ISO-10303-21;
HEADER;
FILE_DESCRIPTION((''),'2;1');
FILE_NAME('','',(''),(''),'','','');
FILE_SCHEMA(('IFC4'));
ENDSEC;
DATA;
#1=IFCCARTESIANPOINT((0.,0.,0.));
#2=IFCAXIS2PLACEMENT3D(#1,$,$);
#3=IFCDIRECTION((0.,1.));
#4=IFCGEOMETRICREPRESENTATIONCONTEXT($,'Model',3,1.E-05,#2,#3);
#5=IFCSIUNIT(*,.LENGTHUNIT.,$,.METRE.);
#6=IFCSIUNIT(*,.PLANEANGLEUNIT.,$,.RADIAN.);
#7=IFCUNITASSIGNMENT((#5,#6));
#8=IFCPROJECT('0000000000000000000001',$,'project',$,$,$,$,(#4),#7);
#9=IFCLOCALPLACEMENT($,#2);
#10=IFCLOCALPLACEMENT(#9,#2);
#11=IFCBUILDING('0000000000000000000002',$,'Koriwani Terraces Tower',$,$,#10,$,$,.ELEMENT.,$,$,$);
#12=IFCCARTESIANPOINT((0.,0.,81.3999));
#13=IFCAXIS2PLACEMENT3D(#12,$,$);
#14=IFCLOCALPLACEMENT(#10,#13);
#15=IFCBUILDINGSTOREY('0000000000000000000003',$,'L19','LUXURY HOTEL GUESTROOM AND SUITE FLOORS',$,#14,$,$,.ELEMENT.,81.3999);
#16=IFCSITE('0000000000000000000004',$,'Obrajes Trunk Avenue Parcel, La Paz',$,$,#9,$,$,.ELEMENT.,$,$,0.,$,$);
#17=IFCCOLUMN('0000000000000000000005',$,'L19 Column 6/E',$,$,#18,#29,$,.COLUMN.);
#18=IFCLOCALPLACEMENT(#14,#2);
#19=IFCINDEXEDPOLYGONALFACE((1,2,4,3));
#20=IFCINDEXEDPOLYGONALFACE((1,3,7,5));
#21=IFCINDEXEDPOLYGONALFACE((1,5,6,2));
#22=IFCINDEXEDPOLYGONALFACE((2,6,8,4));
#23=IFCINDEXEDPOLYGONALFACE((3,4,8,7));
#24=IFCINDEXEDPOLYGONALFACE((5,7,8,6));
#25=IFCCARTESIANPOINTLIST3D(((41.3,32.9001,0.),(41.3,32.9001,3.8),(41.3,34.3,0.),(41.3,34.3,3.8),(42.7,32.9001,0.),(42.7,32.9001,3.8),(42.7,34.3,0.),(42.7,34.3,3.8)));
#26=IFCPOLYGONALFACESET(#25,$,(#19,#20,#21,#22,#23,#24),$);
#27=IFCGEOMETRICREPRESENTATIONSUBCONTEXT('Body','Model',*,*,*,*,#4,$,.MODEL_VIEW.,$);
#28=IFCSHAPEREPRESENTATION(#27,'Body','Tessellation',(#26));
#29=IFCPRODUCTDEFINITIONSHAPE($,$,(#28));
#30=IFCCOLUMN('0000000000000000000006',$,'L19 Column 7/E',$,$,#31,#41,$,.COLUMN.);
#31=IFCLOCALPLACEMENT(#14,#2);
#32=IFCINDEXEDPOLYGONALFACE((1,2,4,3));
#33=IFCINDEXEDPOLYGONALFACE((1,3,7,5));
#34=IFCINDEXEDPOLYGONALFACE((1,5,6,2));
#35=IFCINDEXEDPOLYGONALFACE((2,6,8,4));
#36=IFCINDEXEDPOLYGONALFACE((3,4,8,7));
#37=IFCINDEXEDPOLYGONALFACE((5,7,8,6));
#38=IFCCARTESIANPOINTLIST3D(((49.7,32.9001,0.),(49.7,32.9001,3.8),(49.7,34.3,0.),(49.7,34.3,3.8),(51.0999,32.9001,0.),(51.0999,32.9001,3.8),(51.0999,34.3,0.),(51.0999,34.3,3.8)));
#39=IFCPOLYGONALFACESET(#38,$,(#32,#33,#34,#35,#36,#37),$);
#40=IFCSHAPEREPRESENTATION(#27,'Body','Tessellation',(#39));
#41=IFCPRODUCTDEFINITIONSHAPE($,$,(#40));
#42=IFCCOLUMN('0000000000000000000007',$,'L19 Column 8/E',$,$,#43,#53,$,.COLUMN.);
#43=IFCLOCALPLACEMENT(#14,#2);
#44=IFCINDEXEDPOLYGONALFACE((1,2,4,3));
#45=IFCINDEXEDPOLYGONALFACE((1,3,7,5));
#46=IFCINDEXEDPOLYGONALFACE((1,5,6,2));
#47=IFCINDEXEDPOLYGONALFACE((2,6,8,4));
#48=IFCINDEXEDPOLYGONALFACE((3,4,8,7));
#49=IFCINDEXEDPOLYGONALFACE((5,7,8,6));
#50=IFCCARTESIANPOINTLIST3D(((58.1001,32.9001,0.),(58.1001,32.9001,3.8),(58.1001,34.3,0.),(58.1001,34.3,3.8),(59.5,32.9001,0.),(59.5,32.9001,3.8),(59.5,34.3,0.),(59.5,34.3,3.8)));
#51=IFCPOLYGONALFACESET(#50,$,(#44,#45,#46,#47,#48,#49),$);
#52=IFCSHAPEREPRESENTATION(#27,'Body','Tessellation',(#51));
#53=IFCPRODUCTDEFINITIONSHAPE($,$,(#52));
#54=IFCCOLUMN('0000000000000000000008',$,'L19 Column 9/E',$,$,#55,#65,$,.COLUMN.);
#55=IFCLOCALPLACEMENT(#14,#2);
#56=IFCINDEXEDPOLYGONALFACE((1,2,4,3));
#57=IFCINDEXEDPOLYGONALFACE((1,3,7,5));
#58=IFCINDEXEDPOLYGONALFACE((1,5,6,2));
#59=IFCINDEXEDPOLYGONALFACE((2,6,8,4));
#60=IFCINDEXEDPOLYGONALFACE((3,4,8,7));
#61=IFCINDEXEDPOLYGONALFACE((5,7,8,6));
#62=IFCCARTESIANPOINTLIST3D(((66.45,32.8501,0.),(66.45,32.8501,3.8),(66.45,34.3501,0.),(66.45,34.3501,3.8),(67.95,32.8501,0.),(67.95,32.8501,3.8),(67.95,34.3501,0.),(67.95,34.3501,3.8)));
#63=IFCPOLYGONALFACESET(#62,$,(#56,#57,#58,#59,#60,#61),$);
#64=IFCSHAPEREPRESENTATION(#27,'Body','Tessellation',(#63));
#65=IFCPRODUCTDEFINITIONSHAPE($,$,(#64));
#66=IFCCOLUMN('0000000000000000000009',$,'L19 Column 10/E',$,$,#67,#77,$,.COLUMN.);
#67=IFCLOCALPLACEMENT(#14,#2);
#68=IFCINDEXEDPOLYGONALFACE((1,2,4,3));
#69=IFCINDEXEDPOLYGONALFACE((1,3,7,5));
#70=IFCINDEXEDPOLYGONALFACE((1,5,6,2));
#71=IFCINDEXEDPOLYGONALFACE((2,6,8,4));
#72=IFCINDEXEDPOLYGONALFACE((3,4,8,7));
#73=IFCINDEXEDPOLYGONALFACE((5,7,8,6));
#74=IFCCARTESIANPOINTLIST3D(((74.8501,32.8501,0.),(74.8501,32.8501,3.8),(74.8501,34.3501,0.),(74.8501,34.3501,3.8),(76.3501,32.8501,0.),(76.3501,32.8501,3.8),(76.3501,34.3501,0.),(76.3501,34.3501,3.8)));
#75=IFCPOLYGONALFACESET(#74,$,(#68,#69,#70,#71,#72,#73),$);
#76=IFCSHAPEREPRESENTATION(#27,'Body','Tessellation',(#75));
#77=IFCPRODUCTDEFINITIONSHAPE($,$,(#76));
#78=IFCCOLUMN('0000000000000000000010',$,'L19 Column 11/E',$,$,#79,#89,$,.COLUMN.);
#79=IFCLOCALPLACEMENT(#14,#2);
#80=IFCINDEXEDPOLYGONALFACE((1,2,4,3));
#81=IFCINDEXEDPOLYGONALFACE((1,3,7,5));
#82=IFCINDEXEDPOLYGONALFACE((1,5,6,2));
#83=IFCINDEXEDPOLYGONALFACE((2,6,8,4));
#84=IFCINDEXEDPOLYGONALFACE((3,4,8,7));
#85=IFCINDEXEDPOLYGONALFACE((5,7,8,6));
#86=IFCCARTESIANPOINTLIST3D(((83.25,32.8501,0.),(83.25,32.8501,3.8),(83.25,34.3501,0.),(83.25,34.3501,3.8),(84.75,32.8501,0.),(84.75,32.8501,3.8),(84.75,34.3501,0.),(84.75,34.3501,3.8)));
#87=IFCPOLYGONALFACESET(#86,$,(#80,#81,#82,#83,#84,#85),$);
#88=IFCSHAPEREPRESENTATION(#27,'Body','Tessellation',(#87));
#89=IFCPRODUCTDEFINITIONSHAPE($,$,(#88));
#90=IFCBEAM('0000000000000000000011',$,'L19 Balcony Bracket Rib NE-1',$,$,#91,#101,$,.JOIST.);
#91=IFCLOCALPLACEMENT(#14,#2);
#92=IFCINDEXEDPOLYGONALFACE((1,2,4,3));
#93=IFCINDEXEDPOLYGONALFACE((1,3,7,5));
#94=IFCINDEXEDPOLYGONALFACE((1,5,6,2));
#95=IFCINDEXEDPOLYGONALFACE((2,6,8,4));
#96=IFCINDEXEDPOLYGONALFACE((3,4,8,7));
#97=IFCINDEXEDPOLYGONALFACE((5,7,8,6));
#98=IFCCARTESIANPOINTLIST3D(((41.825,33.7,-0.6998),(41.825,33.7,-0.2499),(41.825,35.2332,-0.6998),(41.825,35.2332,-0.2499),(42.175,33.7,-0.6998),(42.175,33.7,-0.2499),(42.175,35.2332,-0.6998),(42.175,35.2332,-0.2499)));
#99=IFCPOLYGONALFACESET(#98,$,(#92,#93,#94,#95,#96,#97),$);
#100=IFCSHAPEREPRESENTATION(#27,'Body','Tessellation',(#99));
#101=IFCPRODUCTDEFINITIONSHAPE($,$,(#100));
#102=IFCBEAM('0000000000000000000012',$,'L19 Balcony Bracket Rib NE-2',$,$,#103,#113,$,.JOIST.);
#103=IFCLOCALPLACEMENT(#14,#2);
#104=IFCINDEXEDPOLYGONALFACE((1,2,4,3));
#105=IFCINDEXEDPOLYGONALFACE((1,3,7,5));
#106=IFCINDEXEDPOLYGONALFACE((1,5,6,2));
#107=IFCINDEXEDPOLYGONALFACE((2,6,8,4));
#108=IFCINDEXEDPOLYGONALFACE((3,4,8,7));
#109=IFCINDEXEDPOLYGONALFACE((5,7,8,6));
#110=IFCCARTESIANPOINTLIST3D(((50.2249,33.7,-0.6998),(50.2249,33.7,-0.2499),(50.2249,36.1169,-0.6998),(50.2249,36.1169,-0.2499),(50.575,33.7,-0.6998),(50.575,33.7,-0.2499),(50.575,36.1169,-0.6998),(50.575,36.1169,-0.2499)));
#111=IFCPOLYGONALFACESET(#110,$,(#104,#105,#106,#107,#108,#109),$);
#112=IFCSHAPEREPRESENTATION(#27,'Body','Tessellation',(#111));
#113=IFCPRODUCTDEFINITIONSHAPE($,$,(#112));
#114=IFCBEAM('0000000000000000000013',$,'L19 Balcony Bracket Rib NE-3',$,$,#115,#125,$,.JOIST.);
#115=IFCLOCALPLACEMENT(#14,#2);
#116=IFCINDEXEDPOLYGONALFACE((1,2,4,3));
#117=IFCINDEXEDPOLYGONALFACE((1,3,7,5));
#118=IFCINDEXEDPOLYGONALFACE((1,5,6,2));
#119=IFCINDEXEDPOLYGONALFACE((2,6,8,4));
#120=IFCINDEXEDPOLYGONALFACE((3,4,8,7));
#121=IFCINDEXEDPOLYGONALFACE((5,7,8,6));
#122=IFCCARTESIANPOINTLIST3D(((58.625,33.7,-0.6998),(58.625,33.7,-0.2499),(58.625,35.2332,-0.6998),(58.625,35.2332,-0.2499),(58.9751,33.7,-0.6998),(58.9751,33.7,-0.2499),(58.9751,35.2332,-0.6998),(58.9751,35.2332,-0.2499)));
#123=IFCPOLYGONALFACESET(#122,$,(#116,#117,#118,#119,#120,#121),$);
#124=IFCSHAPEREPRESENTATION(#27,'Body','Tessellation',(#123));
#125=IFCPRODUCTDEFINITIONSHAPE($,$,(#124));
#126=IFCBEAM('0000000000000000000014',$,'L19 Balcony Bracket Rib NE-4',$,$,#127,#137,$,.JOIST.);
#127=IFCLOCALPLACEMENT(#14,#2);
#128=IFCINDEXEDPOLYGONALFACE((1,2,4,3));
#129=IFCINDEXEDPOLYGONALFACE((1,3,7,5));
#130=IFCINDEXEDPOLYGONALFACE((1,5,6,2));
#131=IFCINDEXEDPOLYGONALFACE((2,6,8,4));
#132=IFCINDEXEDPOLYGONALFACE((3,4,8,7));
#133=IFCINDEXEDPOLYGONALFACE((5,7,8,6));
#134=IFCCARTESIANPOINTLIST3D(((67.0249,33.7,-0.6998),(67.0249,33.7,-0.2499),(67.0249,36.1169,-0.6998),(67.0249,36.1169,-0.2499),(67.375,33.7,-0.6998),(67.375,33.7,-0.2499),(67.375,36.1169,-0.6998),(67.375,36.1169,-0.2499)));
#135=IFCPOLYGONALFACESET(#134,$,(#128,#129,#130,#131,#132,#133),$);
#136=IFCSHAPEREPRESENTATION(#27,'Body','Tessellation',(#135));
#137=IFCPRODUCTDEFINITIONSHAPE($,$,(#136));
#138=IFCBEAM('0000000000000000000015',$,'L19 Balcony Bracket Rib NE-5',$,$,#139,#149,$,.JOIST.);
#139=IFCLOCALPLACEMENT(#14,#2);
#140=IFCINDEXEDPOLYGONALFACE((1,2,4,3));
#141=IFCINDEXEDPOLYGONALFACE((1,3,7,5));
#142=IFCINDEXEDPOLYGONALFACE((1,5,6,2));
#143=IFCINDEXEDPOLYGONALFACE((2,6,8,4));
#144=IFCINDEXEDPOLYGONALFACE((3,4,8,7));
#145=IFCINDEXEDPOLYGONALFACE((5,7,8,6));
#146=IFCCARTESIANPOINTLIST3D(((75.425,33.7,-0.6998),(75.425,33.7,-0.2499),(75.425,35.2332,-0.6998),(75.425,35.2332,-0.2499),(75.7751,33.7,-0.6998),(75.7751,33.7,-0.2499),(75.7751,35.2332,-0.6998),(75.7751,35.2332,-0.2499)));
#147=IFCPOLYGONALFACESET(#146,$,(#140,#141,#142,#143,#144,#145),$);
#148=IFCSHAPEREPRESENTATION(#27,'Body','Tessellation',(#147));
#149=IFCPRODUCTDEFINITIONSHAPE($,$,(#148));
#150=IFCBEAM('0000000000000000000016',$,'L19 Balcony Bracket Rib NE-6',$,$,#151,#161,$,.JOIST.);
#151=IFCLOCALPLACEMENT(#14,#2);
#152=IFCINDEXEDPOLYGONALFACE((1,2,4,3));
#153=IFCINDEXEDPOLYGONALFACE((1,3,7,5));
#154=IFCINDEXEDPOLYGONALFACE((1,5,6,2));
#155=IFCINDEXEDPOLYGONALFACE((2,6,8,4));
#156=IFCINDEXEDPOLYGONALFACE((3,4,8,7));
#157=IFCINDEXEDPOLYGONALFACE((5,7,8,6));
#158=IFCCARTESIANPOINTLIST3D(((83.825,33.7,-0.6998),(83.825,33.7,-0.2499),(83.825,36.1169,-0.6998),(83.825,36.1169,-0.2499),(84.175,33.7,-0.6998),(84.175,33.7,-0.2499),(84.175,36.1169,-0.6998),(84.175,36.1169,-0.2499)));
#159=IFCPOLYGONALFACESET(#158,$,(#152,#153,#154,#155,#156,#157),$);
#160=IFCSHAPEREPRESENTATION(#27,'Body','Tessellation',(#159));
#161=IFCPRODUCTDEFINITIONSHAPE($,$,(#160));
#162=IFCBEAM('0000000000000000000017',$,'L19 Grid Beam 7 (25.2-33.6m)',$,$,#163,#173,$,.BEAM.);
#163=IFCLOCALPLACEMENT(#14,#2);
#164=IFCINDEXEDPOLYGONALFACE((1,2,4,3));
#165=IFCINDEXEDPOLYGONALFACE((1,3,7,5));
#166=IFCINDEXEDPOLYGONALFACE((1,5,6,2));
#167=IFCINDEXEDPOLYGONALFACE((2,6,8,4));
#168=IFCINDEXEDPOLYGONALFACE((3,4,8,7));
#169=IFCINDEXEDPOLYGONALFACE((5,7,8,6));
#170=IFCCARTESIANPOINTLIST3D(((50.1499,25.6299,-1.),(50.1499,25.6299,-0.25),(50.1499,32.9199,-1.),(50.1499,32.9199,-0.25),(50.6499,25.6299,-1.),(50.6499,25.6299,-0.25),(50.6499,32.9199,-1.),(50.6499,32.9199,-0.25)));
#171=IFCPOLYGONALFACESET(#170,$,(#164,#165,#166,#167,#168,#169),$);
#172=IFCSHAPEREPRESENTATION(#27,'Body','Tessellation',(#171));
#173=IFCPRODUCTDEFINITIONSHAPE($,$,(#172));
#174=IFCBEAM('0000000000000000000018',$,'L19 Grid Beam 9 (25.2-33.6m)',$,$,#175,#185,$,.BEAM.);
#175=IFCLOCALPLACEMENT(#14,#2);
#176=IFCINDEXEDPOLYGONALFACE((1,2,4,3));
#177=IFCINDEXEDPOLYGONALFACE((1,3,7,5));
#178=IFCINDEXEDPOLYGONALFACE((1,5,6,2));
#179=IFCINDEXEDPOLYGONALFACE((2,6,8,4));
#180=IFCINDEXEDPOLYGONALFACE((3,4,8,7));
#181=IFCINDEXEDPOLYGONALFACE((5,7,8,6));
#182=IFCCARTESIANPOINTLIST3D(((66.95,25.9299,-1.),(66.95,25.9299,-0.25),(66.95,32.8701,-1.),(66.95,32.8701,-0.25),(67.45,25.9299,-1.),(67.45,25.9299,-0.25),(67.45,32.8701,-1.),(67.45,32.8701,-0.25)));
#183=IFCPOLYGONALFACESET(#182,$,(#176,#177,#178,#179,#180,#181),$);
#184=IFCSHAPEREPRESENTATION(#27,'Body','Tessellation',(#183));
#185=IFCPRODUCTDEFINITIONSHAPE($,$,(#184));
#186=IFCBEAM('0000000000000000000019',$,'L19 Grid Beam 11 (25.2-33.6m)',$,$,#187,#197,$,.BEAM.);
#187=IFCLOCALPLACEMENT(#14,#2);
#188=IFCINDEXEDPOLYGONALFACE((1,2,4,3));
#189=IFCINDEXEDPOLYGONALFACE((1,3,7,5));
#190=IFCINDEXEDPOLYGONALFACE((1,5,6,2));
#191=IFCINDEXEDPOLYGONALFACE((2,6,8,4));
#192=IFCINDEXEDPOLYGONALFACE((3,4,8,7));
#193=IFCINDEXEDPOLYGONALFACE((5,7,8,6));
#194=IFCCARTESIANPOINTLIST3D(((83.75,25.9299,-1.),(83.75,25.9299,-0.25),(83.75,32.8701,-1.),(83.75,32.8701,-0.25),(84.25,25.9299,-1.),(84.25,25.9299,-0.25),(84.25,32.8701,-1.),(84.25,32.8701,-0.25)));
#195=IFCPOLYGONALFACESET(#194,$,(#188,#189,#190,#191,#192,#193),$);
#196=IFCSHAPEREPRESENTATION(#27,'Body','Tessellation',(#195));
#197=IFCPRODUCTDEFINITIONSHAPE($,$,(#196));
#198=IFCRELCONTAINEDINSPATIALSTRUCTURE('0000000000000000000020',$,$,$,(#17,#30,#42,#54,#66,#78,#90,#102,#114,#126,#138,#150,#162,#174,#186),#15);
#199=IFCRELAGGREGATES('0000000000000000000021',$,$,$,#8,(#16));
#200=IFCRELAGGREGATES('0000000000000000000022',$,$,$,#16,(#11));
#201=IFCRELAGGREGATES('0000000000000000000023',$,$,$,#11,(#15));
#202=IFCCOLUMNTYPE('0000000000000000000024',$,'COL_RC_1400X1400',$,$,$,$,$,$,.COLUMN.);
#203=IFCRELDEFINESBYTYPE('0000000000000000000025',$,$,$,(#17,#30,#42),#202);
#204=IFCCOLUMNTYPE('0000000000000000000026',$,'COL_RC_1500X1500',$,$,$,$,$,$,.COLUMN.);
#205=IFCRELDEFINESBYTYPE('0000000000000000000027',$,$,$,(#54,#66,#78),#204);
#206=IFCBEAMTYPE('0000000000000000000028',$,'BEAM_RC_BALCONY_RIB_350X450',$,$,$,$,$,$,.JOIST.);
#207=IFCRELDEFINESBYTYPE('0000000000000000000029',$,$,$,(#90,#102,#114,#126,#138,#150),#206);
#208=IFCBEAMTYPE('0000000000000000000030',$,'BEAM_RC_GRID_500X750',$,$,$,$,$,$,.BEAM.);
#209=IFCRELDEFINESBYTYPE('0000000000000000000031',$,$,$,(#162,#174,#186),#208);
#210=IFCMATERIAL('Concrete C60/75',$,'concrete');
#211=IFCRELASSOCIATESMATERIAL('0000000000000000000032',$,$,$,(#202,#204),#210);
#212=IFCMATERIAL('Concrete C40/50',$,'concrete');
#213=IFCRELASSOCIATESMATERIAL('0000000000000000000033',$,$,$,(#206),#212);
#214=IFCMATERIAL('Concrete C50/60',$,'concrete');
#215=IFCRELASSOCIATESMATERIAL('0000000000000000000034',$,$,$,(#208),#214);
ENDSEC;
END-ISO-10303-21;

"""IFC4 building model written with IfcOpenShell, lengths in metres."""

from ifc_helpers import new_model, si_unit, direction, frame, origin, origin_2d, place, context, subcontext, project, spatial, rectangle, extrude, material, material_profile, profile_set, type_object, element, save


model = new_model("IFC4")

# Units and contexts
model_context = context("Model", 3, precision=1e-05, world=origin(), true_north=direction((0.0, 1.0)))
body_context = subcontext(model_context, "Body", "Model", "MODEL_VIEW")
ifc_project = project(units=[si_unit("LENGTHUNIT", "METRE"), si_unit("PLANEANGLEUNIT", "RADIAN")], contexts=[model_context])

# Site, building, storey
site_placement = place(None, origin())
site = spatial("IfcSite", under=ifc_project, at=site_placement, Name="Obrajes Trunk Avenue Parcel, La Paz", CompositionType="ELEMENT", RefElevation=0.0)
building_placement = place(site_placement, origin())
building = spatial("IfcBuilding", under=site, at=building_placement, Name="Koriwani Terraces Tower", CompositionType="ELEMENT")
storey_placement = place(building_placement, frame((0.0, 0.0, 81.3999)))
storey = spatial("IfcBuildingStorey", under=building, at=storey_placement, Name="L19", Description="LUXURY HOTEL GUESTROOM AND SUITE FLOORS", CompositionType="ELEMENT", Elevation=81.3999)

# Columns
ifc_material_1 = material(Name="Concrete C60/75", Category="concrete")
ifc_material_profile_1 = material_profile(ifc_material_1, rectangle(XDim=1.3999, YDim=1.3999, at=origin_2d()), Name="Concrete C60/75", Category="LoadBearing")
ifc_profile_set_1 = profile_set([ifc_material_profile_1], Name="Concrete C60/75")
column_type_1 = type_object("IfcColumnType", Name="COL_RC_1400X1400", PredefinedType="COLUMN", material=ifc_profile_set_1)
for number, where, z_axis, x_axis, name in (
    (1, (42.0, 33.6001, 0.0), (0.0, 0.0, 1.0), (1.0, 0.0, 0.0), "L19 Column 6/E"),
    (2, (50.3999, 33.6001, 0.0), (0.0, 0.0, 1.0), (1.0, 0.0, 0.0), "L19 Column 7/E"),
    (3, (58.8, 33.6001, 0.0), (0.0, 0.0, 1.0), (1.0, 0.0, 0.0), "L19 Column 8/E"),
):
    element("IfcColumn", number, at=place(storey_placement, frame(where, z_axis=z_axis, x_axis=x_axis)), inside=storey, type_object=column_type_1, Name=name, PredefinedType="COLUMN", context=body_context, shape_type="SweptSolid", body=[
        extrude(rectangle(XDim=1.3999, YDim=1.3999, at=origin_2d()), origin(), (0.0, 0.0, 1.0), 3.8),
    ])
ifc_material_profile_2 = material_profile(ifc_material_1, rectangle(XDim=1.5, YDim=1.5, at=origin_2d()), Name="Concrete C60/75", Category="LoadBearing")
ifc_profile_set_2 = profile_set([ifc_material_profile_2], Name="Concrete C60/75")
column_type_2 = type_object("IfcColumnType", Name="COL_RC_1500X1500", PredefinedType="COLUMN", material=ifc_profile_set_2)
for number, where, z_axis, x_axis, name in (
    (4, (67.2, 33.6001, 0.0), (0.0, 0.0, 1.0), (1.0, 0.0, 0.0), "L19 Column 9/E"),
    (5, (75.6001, 33.6001, 0.0), (0.0, 0.0, 1.0), (1.0, 0.0, 0.0), "L19 Column 10/E"),
    (6, (84.0, 33.6001, 0.0), (0.0, 0.0, 1.0), (1.0, 0.0, 0.0), "L19 Column 11/E"),
):
    element("IfcColumn", number, at=place(storey_placement, frame(where, z_axis=z_axis, x_axis=x_axis)), inside=storey, type_object=column_type_2, Name=name, PredefinedType="COLUMN", context=body_context, shape_type="SweptSolid", body=[
        extrude(rectangle(XDim=1.5, YDim=1.5, at=origin_2d()), origin(), (0.0, 0.0, 1.0), 3.8),
    ])

# Beams
ifc_material_2 = material(Name="Concrete C40/50", Category="concrete")
ifc_material_profile_3 = material_profile(ifc_material_2, rectangle(XDim=0.3501, YDim=0.45, at=origin_2d()), Name="Concrete C40/50", Category="LoadBearing")
ifc_profile_set_3 = profile_set([ifc_material_profile_3], Name="Concrete C40/50")
beam_type_1 = type_object("IfcBeamType", Name="BEAM_RC_BALCONY_RIB_350X450", PredefinedType="JOIST", material=ifc_profile_set_3)
beam_1_placement = place(storey_placement, frame((42.0, 33.7, -0.4749), z_axis=(0.0, 1.0, 0.0), x_axis=(-1.0, 0.0, 0.0)))
element("IfcBeam", 7, at=beam_1_placement, inside=storey, type_object=beam_type_1, Name="L19 Balcony Bracket Rib NE-1", PredefinedType="JOIST", context=body_context, shape_type="SweptSolid", body=[
    extrude(rectangle(XDim=0.3501, YDim=0.45, at=origin_2d()), origin(), (0.0, 0.0, 1.0), 1.5332),
])
beam_2_placement = place(storey_placement, frame((50.3999, 33.7, -0.4749), z_axis=(0.0, 1.0, 0.0), x_axis=(-1.0, 0.0, 0.0)))
element("IfcBeam", 8, at=beam_2_placement, inside=storey, type_object=beam_type_1, Name="L19 Balcony Bracket Rib NE-2", PredefinedType="JOIST", context=body_context, shape_type="SweptSolid", body=[
    extrude(rectangle(XDim=0.3501, YDim=0.45, at=origin_2d()), origin(), (0.0, 0.0, 1.0), 2.417),
])
beam_3_placement = place(storey_placement, frame((58.8, 33.7, -0.4749), z_axis=(0.0, 1.0, 0.0), x_axis=(-1.0, 0.0, 0.0)))
element("IfcBeam", 9, at=beam_3_placement, inside=storey, type_object=beam_type_1, Name="L19 Balcony Bracket Rib NE-3", PredefinedType="JOIST", context=body_context, shape_type="SweptSolid", body=[
    extrude(rectangle(XDim=0.3501, YDim=0.45, at=origin_2d()), origin(), (0.0, 0.0, 1.0), 1.5332),
])
beam_4_placement = place(storey_placement, frame((67.2, 33.7, -0.4749), z_axis=(0.0, 1.0, 0.0), x_axis=(-1.0, 0.0, 0.0)))
element("IfcBeam", 10, at=beam_4_placement, inside=storey, type_object=beam_type_1, Name="L19 Balcony Bracket Rib NE-4", PredefinedType="JOIST", context=body_context, shape_type="SweptSolid", body=[
    extrude(rectangle(XDim=0.3501, YDim=0.45, at=origin_2d()), origin(), (0.0, 0.0, 1.0), 2.417),
])
beam_5_placement = place(storey_placement, frame((75.6001, 33.7, -0.4749), z_axis=(0.0, 1.0, 0.0), x_axis=(-1.0, 0.0, 0.0)))
element("IfcBeam", 11, at=beam_5_placement, inside=storey, type_object=beam_type_1, Name="L19 Balcony Bracket Rib NE-5", PredefinedType="JOIST", context=body_context, shape_type="SweptSolid", body=[
    extrude(rectangle(XDim=0.3501, YDim=0.45, at=origin_2d()), origin(), (0.0, 0.0, 1.0), 1.5332),
])
beam_6_placement = place(storey_placement, frame((84.0, 33.7, -0.4749), z_axis=(0.0, 1.0, 0.0), x_axis=(-1.0, 0.0, 0.0)))
element("IfcBeam", 12, at=beam_6_placement, inside=storey, type_object=beam_type_1, Name="L19 Balcony Bracket Rib NE-6", PredefinedType="JOIST", context=body_context, shape_type="SweptSolid", body=[
    extrude(rectangle(XDim=0.3501, YDim=0.45, at=origin_2d()), origin(), (0.0, 0.0, 1.0), 2.417),
])
ifc_material_3 = material(Name="Concrete C50/60", Category="concrete")
ifc_material_profile_4 = material_profile(ifc_material_3, rectangle(XDim=0.5, YDim=0.75, at=origin_2d()), Name="Concrete C50/60", Category="LoadBearing")
ifc_profile_set_4 = profile_set([ifc_material_profile_4], Name="Concrete C50/60")
beam_type_2 = type_object("IfcBeamType", Name="BEAM_RC_GRID_500X750", PredefinedType="BEAM", material=ifc_profile_set_4)
beam_7_placement = place(storey_placement, frame((50.3999, 25.6299, -0.625), z_axis=(0.0, 1.0, 0.0), x_axis=(-1.0, 0.0, 0.0)))
element("IfcBeam", 13, at=beam_7_placement, inside=storey, type_object=beam_type_2, Name="L19 Grid Beam 7 (25.2-33.6m)", PredefinedType="BEAM", context=body_context, shape_type="SweptSolid", body=[
    extrude(rectangle(XDim=0.5, YDim=0.75, at=origin_2d()), origin(), (0.0, 0.0, 1.0), 7.29),
])
for number, where, z_axis, x_axis, name in (
    (14, (67.2, 25.9299, -0.625), (0.0, 1.0, 0.0), (-1.0, 0.0, 0.0), "L19 Grid Beam 9 (25.2-33.6m)"),
    (15, (84.0, 25.9299, -0.625), (0.0, 1.0, 0.0), (-1.0, 0.0, 0.0), "L19 Grid Beam 11 (25.2-33.6m)"),
):
    element("IfcBeam", number, at=place(storey_placement, frame(where, z_axis=z_axis, x_axis=x_axis)), inside=storey, type_object=beam_type_2, Name=name, PredefinedType="BEAM", context=body_context, shape_type="SweptSolid", body=[
        extrude(rectangle(XDim=0.5, YDim=0.75, at=origin_2d()), origin(), (0.0, 0.0, 1.0), 6.9402),
    ])

save(model, "model.ifc")
